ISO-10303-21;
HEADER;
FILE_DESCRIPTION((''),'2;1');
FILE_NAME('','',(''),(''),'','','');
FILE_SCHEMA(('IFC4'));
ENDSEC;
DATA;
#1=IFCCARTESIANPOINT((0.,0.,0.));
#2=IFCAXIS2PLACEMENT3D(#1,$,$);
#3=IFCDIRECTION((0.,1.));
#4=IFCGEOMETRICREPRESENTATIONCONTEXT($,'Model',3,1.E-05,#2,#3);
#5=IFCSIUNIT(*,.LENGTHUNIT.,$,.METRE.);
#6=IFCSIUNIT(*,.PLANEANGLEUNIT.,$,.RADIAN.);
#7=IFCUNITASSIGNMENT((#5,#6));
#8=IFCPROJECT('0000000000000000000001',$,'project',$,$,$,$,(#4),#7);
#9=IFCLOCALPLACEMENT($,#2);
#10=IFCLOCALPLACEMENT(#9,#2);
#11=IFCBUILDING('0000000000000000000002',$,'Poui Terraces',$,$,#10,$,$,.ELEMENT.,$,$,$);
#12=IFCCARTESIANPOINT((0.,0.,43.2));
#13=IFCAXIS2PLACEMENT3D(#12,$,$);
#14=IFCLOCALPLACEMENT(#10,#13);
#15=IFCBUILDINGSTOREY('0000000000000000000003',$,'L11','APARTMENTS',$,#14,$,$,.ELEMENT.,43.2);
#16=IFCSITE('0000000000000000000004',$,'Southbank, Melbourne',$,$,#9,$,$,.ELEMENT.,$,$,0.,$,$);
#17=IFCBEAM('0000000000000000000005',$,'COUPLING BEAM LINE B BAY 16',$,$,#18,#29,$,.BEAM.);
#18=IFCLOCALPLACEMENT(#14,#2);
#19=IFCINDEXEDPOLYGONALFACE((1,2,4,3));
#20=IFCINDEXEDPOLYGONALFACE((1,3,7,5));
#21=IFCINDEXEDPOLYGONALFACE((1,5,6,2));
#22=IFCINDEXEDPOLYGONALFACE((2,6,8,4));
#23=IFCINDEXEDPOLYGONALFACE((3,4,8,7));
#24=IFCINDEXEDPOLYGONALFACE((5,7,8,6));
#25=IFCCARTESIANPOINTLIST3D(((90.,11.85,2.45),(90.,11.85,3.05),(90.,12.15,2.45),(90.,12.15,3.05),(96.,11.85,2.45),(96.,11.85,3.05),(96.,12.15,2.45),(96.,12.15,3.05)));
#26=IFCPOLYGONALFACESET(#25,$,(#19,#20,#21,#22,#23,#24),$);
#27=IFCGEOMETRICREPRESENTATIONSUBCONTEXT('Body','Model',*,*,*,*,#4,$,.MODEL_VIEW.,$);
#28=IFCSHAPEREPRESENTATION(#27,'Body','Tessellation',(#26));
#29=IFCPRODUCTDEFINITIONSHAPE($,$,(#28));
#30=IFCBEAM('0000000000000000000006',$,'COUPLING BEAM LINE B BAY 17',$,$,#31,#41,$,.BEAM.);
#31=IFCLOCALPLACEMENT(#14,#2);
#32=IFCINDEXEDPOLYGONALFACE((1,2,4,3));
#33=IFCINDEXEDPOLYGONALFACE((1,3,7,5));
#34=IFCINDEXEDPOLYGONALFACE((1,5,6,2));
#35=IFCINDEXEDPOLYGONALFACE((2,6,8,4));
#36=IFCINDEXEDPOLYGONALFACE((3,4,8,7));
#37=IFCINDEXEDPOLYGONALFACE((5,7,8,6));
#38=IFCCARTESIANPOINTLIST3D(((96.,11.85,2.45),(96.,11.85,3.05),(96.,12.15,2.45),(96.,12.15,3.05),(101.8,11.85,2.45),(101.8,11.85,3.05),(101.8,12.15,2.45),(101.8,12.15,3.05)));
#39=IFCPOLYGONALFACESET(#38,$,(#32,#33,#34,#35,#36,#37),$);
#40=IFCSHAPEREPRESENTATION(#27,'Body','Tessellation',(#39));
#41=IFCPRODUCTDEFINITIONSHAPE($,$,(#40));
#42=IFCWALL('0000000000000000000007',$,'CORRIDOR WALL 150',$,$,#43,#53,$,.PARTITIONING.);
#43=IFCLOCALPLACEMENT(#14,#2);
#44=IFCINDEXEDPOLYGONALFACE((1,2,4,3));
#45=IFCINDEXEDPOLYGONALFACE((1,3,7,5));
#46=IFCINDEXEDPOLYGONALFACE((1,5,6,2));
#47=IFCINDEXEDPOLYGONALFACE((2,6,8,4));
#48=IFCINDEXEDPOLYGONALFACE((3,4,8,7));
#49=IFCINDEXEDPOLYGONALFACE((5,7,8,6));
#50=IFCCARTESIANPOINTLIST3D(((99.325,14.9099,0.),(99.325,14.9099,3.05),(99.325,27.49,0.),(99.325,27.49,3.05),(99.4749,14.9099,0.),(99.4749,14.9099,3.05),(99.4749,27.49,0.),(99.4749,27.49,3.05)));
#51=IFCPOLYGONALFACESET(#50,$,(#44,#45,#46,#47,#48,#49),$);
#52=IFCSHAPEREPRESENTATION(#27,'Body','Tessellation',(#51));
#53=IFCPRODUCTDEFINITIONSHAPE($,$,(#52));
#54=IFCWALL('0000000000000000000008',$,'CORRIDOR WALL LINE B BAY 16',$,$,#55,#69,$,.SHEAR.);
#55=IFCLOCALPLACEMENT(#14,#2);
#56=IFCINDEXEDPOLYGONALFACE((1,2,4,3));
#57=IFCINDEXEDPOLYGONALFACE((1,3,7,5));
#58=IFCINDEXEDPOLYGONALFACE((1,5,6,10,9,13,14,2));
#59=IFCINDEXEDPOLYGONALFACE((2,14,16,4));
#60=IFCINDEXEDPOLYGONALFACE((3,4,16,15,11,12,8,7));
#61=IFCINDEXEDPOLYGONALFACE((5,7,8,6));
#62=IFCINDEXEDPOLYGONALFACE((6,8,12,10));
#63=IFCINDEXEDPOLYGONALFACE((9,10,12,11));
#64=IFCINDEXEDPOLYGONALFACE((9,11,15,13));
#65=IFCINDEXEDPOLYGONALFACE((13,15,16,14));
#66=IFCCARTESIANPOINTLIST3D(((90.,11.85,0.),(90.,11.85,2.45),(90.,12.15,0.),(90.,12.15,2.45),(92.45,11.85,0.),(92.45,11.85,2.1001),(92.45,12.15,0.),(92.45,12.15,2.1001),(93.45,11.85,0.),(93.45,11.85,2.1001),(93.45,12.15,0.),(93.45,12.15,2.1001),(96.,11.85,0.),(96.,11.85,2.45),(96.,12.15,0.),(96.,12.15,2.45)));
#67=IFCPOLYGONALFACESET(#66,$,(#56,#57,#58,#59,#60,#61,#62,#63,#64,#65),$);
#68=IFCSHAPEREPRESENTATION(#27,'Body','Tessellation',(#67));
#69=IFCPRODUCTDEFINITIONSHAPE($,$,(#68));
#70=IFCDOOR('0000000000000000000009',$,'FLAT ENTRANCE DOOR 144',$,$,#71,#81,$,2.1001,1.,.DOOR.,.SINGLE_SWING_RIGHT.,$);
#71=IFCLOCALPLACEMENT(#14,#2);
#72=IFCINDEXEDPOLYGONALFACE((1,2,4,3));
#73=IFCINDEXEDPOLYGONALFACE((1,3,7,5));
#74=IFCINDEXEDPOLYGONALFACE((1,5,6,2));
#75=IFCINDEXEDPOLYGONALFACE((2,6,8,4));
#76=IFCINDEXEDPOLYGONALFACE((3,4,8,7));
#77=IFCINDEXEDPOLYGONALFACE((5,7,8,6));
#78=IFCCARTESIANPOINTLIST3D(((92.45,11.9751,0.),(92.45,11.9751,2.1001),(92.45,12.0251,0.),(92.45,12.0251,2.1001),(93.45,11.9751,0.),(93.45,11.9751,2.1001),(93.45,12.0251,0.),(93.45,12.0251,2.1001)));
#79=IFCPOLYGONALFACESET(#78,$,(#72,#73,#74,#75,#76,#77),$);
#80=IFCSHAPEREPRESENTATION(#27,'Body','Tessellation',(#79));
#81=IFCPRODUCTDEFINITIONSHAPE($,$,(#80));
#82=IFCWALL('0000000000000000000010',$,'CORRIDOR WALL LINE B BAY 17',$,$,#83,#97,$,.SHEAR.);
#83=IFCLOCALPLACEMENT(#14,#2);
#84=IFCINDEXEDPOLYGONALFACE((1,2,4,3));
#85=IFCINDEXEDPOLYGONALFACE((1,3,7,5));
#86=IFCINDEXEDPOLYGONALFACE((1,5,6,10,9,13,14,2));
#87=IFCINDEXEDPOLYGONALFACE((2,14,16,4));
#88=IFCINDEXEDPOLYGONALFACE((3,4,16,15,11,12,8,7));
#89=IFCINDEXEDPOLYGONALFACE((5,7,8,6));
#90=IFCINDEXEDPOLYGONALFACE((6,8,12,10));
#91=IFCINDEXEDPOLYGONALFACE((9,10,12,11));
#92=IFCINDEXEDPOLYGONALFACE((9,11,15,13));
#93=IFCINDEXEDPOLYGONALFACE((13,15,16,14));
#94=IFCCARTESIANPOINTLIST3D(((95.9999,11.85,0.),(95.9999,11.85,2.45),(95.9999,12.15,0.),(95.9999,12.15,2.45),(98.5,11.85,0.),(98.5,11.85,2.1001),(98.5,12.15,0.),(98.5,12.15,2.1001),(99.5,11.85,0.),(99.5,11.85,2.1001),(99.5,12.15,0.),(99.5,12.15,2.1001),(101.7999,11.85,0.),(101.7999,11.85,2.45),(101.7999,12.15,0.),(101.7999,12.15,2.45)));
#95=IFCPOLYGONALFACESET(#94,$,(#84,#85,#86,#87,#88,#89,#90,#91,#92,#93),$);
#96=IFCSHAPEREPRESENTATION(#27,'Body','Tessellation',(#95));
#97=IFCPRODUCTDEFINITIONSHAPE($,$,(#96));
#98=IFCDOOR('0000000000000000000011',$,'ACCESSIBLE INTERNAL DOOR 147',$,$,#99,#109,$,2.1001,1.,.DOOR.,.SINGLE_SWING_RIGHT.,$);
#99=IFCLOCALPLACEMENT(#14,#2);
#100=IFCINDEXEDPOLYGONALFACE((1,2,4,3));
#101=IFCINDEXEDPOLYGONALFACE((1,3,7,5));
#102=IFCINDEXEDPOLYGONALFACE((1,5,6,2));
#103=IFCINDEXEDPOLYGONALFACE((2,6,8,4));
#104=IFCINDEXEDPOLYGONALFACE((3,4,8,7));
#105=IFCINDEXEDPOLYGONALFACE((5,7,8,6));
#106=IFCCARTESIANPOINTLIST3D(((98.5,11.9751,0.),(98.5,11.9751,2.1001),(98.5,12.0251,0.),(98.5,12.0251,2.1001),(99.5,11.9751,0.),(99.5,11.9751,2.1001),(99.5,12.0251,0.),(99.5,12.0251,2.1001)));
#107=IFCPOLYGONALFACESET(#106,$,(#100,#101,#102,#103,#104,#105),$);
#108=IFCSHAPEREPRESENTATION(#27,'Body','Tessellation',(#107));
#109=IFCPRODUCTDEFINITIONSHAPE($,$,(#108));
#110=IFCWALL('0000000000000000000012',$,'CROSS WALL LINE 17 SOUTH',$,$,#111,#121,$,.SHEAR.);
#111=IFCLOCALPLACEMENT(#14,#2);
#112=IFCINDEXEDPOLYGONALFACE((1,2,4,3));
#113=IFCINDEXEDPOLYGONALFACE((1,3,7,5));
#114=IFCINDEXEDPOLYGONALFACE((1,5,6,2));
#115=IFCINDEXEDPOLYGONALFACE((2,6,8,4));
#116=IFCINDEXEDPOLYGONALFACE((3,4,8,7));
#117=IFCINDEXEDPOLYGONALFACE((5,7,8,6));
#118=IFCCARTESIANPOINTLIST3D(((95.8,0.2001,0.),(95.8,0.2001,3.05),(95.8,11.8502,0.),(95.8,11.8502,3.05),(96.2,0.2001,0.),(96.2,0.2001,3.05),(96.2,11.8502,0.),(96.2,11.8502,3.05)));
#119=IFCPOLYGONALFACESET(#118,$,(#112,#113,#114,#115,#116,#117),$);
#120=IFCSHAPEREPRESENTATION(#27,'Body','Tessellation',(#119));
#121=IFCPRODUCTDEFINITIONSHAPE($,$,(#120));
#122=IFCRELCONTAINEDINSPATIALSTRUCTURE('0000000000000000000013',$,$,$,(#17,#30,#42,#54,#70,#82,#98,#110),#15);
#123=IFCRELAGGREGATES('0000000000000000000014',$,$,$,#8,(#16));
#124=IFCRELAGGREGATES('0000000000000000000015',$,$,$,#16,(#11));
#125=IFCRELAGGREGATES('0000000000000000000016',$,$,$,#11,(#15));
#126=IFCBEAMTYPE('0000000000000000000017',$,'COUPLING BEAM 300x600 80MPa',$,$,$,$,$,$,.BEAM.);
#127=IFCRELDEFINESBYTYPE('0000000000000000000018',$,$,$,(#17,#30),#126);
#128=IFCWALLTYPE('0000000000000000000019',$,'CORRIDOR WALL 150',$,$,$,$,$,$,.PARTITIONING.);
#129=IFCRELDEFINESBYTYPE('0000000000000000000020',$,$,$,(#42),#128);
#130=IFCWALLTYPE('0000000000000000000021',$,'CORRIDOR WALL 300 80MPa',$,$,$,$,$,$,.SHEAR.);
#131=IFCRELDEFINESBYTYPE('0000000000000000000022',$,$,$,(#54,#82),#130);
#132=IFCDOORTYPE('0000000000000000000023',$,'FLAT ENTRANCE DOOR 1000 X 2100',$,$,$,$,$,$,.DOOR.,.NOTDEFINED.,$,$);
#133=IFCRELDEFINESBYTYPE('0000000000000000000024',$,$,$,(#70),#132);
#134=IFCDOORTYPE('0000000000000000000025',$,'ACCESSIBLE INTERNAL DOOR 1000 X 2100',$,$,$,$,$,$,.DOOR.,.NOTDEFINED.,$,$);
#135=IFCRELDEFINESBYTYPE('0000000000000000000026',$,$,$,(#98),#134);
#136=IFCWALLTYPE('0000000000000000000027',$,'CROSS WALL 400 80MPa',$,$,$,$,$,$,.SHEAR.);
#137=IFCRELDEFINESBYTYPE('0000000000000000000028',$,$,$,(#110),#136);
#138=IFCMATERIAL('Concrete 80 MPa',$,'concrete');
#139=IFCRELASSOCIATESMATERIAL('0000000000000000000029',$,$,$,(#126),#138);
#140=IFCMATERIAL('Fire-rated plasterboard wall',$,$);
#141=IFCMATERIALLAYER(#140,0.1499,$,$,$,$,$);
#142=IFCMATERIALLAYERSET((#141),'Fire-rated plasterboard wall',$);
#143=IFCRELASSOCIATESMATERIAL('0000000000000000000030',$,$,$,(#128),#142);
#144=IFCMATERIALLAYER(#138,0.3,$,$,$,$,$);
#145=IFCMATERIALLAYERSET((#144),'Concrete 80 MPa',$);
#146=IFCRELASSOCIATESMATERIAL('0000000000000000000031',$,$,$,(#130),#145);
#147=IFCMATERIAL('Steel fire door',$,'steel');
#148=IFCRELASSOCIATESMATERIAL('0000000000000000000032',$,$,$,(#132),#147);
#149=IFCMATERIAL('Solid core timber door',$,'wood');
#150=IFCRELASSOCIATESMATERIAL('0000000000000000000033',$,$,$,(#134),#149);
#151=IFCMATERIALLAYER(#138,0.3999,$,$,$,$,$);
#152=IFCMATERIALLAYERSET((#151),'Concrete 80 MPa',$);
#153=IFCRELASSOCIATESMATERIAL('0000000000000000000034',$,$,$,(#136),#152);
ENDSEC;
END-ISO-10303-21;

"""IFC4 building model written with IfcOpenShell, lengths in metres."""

from ifc_helpers import new_model, si_unit, direction, frame, frame_2d, origin, origin_2d, place, context, subcontext, project, spatial, rectangle, extrude, source, transform, mapped, material, layer, layer_set, material_profile, profile_set, type_object, element, fill, save


model = new_model("IFC4")

# Units and contexts
model_context = context("Model", 3, precision=1e-05, world=origin(), true_north=direction((0.0, 1.0)))
body_context = subcontext(model_context, "Body", "Model", "MODEL_VIEW")
ifc_project = project(units=[si_unit("LENGTHUNIT", "METRE"), si_unit("PLANEANGLEUNIT", "RADIAN")], contexts=[model_context])

# Site, building, storey
site_placement = place(None, origin())
site = spatial("IfcSite", under=ifc_project, at=site_placement, Name="Southbank, Melbourne", CompositionType="ELEMENT", RefElevation=0.0)
building_placement = place(site_placement, origin())
building = spatial("IfcBuilding", under=site, at=building_placement, Name="Poui Terraces", CompositionType="ELEMENT")
storey_placement = place(building_placement, frame((0.0, 0.0, 43.2)))
storey = spatial("IfcBuildingStorey", under=building, at=storey_placement, Name="L11", Description="APARTMENTS", CompositionType="ELEMENT", Elevation=43.2)

# Beams
ifc_material_1 = material(Name="Concrete 80 MPa", Category="concrete")
ifc_material_profile = material_profile(ifc_material_1, rectangle(XDim=0.3, YDim=0.6001, at=origin_2d()), Name="RC 300x600")
ifc_profile_set = profile_set([ifc_material_profile], Name="Concrete 80 MPa")
beam_type = type_object("IfcBeamType", Name="COUPLING BEAM 300x600 80MPa", PredefinedType="BEAM", material=ifc_profile_set)
shared_shape_1 = source(origin(), body_context, "Body", "SweptSolid", [
    extrude(rectangle(XDim=0.3, YDim=0.6001, at=origin_2d()), origin(), (0.0, 0.0, 1.0), 6.0),
])
beam_1_placement = place(storey_placement, frame((90.0, 12.0, 2.75), z_axis=(1.0, 0.0, 0.0), x_axis=(0.0, 1.0, 0.0)))
element("IfcBeam", 1, at=beam_1_placement, inside=storey, type_object=beam_type, Name="COUPLING BEAM LINE B BAY 16", PredefinedType="BEAM", context=body_context, shape_type="MappedRepresentation", body=[
    mapped(shared_shape_1, transform((0.0, 0.0, 0.0))),
])
shared_shape_2 = source(origin(), body_context, "Body", "SweptSolid", [
    extrude(rectangle(XDim=0.3, YDim=0.6001, at=origin_2d()), origin(), (0.0, 0.0, 1.0), 5.8),
])
beam_2_placement = place(storey_placement, frame((96.0, 12.0, 2.75), z_axis=(1.0, 0.0, 0.0), x_axis=(0.0, 1.0, 0.0)))
element("IfcBeam", 2, at=beam_2_placement, inside=storey, type_object=beam_type, Name="COUPLING BEAM LINE B BAY 17", PredefinedType="BEAM", context=body_context, shape_type="MappedRepresentation", body=[
    mapped(shared_shape_2, transform((0.0, 0.0, 0.0))),
])

# Wall
ifc_material_2 = material(Name="Fire-rated plasterboard wall")
ifc_layer_1 = layer(ifc_material_2, 0.1499)
ifc_layer_set_1 = layer_set([ifc_layer_1], Name="Fire-rated plasterboard wall")
wall_type_1 = type_object("IfcWallType", Name="CORRIDOR WALL 150", PredefinedType="PARTITIONING", material=ifc_layer_set_1)
wall_1_placement = place(storey_placement, frame((99.3999, 14.9099, 0.0), z_axis=(0.0, 0.0, 1.0), x_axis=(0.0, 1.0, 0.0)))
element("IfcWall", 3, at=wall_1_placement, inside=storey, type_object=wall_type_1, Name="CORRIDOR WALL 150", PredefinedType="PARTITIONING", context=body_context, shape_type="SweptSolid", body=[
    extrude(rectangle(XDim=12.5801, YDim=0.1499, at=frame_2d((6.29, 0.0))), origin(), (0.0, 0.0, 1.0), 3.05),
])

# Walls, openings, doors
ifc_layer_2 = layer(ifc_material_1, 0.3)
ifc_layer_set_2 = layer_set([ifc_layer_2], Name="Concrete 80 MPa")
wall_type_2 = type_object("IfcWallType", Name="CORRIDOR WALL 300 80MPa", PredefinedType="SHEAR", material=ifc_layer_set_2)
wall_2_placement = place(storey_placement, frame((90.0, 12.0, 0.0), z_axis=(0.0, 0.0, 1.0), x_axis=(1.0, 0.0, 0.0)))
wall_2 = element("IfcWall", 4, at=wall_2_placement, inside=storey, type_object=wall_type_2, Name="CORRIDOR WALL LINE B BAY 16", PredefinedType="SHEAR", context=body_context, shape_type="SweptSolid", body=[
    extrude(rectangle(XDim=6.0, YDim=0.3, at=frame_2d((3.0, 0.0))), origin(), (0.0, 0.0, 1.0), 2.45),
])
opening_1_placement = place(wall_2_placement, frame((2.45, 0.0, 0.0)))
opening_1 = element("IfcOpeningElement", 5, at=opening_1_placement, cuts=wall_2, PredefinedType="OPENING", context=body_context, shape_type="SweptSolid", body=[
    extrude(rectangle(XDim=1.0, YDim=2.1001, at=frame_2d((0.5, 1.05))), frame((0.0, 0.1602, 0.0), z_axis=(0.0, -1.0, 0.0), x_axis=(1.0, 0.0, 0.0)), (0.0, 0.0, 1.0), 0.3201),
])
ifc_material_3 = material(Name="Steel fire door", Category="steel")
door_type_1 = type_object("IfcDoorType", Name="FLAT ENTRANCE DOOR 1000 X 2100", OperationType="NOTDEFINED", PredefinedType="DOOR", material=ifc_material_3)
door_1_placement = place(opening_1_placement, frame((1.0, 0.0, 0.0), z_axis=(0.0, 0.0, 1.0), x_axis=(-1.0, 0.0, 0.0)))
door_1 = element("IfcDoor", 6, at=door_1_placement, inside=storey, type_object=door_type_1, Name="FLAT ENTRANCE DOOR 144", OperationType="SINGLE_SWING_RIGHT", OverallHeight=2.1001, OverallWidth=1.0, PredefinedType="DOOR", context=body_context, shape_type="SweptSolid", body=[
    extrude(rectangle(XDim=1.0, YDim=2.1001, at=frame_2d((0.5, 1.05))), frame((0.0, 0.0249, 0.0), z_axis=(0.0, -1.0, 0.0), x_axis=(1.0, 0.0, 0.0)), (0.0, 0.0, 1.0), 0.05),
])
fill(opening_1, door_1)
wall_3_placement = place(storey_placement, frame((96.0, 12.0, 0.0), z_axis=(0.0, 0.0, 1.0), x_axis=(1.0, 0.0, 0.0)))
wall_3 = element("IfcWall", 7, at=wall_3_placement, inside=storey, type_object=wall_type_2, Name="CORRIDOR WALL LINE B BAY 17", PredefinedType="SHEAR", context=body_context, shape_type="SweptSolid", body=[
    extrude(rectangle(XDim=5.8, YDim=0.3, at=frame_2d((2.8999, 0.0))), origin(), (0.0, 0.0, 1.0), 2.45),
])
opening_2_placement = place(wall_3_placement, frame((2.5, 0.0, 0.0)))
opening_2 = element("IfcOpeningElement", 8, at=opening_2_placement, cuts=wall_3, PredefinedType="OPENING", context=body_context, shape_type="SweptSolid", body=[
    extrude(rectangle(XDim=1.0, YDim=2.1001, at=frame_2d((0.5, 1.05))), frame((0.0, 0.1602, 0.0), z_axis=(0.0, -1.0, 0.0), x_axis=(1.0, 0.0, 0.0)), (0.0, 0.0, 1.0), 0.3201),
])
ifc_material_4 = material(Name="Solid core timber door", Category="wood")
door_type_2 = type_object("IfcDoorType", Name="ACCESSIBLE INTERNAL DOOR 1000 X 2100", OperationType="NOTDEFINED", PredefinedType="DOOR", material=ifc_material_4)
door_2_placement = place(opening_2_placement, frame((1.0, 0.0, 0.0), z_axis=(0.0, 0.0, 1.0), x_axis=(-1.0, 0.0, 0.0)))
door_2 = element("IfcDoor", 9, at=door_2_placement, inside=storey, type_object=door_type_2, Name="ACCESSIBLE INTERNAL DOOR 147", OperationType="SINGLE_SWING_RIGHT", OverallHeight=2.1001, OverallWidth=1.0, PredefinedType="DOOR", context=body_context, shape_type="SweptSolid", body=[
    extrude(rectangle(XDim=1.0, YDim=2.1001, at=frame_2d((0.5, 1.05))), frame((0.0, 0.0249, 0.0), z_axis=(0.0, -1.0, 0.0), x_axis=(1.0, 0.0, 0.0)), (0.0, 0.0, 1.0), 0.05),
])
fill(opening_2, door_2)

# Wall
ifc_layer_3 = layer(ifc_material_1, 0.3999)
ifc_layer_set_3 = layer_set([ifc_layer_3], Name="Concrete 80 MPa")
wall_type_3 = type_object("IfcWallType", Name="CROSS WALL 400 80MPa", PredefinedType="SHEAR", material=ifc_layer_set_3)
wall_4_placement = place(storey_placement, frame((96.0, 0.2, 0.0), z_axis=(0.0, 0.0, 1.0), x_axis=(0.0, 1.0, 0.0)))
element("IfcWall", 10, at=wall_4_placement, inside=storey, type_object=wall_type_3, Name="CROSS WALL LINE 17 SOUTH", PredefinedType="SHEAR", context=body_context, shape_type="SweptSolid", body=[
    extrude(rectangle(XDim=11.6501, YDim=0.3999, at=frame_2d((5.8252, 0.0))), origin(), (0.0, 0.0, 1.0), 3.05),
])

save(model, "model.ifc")
